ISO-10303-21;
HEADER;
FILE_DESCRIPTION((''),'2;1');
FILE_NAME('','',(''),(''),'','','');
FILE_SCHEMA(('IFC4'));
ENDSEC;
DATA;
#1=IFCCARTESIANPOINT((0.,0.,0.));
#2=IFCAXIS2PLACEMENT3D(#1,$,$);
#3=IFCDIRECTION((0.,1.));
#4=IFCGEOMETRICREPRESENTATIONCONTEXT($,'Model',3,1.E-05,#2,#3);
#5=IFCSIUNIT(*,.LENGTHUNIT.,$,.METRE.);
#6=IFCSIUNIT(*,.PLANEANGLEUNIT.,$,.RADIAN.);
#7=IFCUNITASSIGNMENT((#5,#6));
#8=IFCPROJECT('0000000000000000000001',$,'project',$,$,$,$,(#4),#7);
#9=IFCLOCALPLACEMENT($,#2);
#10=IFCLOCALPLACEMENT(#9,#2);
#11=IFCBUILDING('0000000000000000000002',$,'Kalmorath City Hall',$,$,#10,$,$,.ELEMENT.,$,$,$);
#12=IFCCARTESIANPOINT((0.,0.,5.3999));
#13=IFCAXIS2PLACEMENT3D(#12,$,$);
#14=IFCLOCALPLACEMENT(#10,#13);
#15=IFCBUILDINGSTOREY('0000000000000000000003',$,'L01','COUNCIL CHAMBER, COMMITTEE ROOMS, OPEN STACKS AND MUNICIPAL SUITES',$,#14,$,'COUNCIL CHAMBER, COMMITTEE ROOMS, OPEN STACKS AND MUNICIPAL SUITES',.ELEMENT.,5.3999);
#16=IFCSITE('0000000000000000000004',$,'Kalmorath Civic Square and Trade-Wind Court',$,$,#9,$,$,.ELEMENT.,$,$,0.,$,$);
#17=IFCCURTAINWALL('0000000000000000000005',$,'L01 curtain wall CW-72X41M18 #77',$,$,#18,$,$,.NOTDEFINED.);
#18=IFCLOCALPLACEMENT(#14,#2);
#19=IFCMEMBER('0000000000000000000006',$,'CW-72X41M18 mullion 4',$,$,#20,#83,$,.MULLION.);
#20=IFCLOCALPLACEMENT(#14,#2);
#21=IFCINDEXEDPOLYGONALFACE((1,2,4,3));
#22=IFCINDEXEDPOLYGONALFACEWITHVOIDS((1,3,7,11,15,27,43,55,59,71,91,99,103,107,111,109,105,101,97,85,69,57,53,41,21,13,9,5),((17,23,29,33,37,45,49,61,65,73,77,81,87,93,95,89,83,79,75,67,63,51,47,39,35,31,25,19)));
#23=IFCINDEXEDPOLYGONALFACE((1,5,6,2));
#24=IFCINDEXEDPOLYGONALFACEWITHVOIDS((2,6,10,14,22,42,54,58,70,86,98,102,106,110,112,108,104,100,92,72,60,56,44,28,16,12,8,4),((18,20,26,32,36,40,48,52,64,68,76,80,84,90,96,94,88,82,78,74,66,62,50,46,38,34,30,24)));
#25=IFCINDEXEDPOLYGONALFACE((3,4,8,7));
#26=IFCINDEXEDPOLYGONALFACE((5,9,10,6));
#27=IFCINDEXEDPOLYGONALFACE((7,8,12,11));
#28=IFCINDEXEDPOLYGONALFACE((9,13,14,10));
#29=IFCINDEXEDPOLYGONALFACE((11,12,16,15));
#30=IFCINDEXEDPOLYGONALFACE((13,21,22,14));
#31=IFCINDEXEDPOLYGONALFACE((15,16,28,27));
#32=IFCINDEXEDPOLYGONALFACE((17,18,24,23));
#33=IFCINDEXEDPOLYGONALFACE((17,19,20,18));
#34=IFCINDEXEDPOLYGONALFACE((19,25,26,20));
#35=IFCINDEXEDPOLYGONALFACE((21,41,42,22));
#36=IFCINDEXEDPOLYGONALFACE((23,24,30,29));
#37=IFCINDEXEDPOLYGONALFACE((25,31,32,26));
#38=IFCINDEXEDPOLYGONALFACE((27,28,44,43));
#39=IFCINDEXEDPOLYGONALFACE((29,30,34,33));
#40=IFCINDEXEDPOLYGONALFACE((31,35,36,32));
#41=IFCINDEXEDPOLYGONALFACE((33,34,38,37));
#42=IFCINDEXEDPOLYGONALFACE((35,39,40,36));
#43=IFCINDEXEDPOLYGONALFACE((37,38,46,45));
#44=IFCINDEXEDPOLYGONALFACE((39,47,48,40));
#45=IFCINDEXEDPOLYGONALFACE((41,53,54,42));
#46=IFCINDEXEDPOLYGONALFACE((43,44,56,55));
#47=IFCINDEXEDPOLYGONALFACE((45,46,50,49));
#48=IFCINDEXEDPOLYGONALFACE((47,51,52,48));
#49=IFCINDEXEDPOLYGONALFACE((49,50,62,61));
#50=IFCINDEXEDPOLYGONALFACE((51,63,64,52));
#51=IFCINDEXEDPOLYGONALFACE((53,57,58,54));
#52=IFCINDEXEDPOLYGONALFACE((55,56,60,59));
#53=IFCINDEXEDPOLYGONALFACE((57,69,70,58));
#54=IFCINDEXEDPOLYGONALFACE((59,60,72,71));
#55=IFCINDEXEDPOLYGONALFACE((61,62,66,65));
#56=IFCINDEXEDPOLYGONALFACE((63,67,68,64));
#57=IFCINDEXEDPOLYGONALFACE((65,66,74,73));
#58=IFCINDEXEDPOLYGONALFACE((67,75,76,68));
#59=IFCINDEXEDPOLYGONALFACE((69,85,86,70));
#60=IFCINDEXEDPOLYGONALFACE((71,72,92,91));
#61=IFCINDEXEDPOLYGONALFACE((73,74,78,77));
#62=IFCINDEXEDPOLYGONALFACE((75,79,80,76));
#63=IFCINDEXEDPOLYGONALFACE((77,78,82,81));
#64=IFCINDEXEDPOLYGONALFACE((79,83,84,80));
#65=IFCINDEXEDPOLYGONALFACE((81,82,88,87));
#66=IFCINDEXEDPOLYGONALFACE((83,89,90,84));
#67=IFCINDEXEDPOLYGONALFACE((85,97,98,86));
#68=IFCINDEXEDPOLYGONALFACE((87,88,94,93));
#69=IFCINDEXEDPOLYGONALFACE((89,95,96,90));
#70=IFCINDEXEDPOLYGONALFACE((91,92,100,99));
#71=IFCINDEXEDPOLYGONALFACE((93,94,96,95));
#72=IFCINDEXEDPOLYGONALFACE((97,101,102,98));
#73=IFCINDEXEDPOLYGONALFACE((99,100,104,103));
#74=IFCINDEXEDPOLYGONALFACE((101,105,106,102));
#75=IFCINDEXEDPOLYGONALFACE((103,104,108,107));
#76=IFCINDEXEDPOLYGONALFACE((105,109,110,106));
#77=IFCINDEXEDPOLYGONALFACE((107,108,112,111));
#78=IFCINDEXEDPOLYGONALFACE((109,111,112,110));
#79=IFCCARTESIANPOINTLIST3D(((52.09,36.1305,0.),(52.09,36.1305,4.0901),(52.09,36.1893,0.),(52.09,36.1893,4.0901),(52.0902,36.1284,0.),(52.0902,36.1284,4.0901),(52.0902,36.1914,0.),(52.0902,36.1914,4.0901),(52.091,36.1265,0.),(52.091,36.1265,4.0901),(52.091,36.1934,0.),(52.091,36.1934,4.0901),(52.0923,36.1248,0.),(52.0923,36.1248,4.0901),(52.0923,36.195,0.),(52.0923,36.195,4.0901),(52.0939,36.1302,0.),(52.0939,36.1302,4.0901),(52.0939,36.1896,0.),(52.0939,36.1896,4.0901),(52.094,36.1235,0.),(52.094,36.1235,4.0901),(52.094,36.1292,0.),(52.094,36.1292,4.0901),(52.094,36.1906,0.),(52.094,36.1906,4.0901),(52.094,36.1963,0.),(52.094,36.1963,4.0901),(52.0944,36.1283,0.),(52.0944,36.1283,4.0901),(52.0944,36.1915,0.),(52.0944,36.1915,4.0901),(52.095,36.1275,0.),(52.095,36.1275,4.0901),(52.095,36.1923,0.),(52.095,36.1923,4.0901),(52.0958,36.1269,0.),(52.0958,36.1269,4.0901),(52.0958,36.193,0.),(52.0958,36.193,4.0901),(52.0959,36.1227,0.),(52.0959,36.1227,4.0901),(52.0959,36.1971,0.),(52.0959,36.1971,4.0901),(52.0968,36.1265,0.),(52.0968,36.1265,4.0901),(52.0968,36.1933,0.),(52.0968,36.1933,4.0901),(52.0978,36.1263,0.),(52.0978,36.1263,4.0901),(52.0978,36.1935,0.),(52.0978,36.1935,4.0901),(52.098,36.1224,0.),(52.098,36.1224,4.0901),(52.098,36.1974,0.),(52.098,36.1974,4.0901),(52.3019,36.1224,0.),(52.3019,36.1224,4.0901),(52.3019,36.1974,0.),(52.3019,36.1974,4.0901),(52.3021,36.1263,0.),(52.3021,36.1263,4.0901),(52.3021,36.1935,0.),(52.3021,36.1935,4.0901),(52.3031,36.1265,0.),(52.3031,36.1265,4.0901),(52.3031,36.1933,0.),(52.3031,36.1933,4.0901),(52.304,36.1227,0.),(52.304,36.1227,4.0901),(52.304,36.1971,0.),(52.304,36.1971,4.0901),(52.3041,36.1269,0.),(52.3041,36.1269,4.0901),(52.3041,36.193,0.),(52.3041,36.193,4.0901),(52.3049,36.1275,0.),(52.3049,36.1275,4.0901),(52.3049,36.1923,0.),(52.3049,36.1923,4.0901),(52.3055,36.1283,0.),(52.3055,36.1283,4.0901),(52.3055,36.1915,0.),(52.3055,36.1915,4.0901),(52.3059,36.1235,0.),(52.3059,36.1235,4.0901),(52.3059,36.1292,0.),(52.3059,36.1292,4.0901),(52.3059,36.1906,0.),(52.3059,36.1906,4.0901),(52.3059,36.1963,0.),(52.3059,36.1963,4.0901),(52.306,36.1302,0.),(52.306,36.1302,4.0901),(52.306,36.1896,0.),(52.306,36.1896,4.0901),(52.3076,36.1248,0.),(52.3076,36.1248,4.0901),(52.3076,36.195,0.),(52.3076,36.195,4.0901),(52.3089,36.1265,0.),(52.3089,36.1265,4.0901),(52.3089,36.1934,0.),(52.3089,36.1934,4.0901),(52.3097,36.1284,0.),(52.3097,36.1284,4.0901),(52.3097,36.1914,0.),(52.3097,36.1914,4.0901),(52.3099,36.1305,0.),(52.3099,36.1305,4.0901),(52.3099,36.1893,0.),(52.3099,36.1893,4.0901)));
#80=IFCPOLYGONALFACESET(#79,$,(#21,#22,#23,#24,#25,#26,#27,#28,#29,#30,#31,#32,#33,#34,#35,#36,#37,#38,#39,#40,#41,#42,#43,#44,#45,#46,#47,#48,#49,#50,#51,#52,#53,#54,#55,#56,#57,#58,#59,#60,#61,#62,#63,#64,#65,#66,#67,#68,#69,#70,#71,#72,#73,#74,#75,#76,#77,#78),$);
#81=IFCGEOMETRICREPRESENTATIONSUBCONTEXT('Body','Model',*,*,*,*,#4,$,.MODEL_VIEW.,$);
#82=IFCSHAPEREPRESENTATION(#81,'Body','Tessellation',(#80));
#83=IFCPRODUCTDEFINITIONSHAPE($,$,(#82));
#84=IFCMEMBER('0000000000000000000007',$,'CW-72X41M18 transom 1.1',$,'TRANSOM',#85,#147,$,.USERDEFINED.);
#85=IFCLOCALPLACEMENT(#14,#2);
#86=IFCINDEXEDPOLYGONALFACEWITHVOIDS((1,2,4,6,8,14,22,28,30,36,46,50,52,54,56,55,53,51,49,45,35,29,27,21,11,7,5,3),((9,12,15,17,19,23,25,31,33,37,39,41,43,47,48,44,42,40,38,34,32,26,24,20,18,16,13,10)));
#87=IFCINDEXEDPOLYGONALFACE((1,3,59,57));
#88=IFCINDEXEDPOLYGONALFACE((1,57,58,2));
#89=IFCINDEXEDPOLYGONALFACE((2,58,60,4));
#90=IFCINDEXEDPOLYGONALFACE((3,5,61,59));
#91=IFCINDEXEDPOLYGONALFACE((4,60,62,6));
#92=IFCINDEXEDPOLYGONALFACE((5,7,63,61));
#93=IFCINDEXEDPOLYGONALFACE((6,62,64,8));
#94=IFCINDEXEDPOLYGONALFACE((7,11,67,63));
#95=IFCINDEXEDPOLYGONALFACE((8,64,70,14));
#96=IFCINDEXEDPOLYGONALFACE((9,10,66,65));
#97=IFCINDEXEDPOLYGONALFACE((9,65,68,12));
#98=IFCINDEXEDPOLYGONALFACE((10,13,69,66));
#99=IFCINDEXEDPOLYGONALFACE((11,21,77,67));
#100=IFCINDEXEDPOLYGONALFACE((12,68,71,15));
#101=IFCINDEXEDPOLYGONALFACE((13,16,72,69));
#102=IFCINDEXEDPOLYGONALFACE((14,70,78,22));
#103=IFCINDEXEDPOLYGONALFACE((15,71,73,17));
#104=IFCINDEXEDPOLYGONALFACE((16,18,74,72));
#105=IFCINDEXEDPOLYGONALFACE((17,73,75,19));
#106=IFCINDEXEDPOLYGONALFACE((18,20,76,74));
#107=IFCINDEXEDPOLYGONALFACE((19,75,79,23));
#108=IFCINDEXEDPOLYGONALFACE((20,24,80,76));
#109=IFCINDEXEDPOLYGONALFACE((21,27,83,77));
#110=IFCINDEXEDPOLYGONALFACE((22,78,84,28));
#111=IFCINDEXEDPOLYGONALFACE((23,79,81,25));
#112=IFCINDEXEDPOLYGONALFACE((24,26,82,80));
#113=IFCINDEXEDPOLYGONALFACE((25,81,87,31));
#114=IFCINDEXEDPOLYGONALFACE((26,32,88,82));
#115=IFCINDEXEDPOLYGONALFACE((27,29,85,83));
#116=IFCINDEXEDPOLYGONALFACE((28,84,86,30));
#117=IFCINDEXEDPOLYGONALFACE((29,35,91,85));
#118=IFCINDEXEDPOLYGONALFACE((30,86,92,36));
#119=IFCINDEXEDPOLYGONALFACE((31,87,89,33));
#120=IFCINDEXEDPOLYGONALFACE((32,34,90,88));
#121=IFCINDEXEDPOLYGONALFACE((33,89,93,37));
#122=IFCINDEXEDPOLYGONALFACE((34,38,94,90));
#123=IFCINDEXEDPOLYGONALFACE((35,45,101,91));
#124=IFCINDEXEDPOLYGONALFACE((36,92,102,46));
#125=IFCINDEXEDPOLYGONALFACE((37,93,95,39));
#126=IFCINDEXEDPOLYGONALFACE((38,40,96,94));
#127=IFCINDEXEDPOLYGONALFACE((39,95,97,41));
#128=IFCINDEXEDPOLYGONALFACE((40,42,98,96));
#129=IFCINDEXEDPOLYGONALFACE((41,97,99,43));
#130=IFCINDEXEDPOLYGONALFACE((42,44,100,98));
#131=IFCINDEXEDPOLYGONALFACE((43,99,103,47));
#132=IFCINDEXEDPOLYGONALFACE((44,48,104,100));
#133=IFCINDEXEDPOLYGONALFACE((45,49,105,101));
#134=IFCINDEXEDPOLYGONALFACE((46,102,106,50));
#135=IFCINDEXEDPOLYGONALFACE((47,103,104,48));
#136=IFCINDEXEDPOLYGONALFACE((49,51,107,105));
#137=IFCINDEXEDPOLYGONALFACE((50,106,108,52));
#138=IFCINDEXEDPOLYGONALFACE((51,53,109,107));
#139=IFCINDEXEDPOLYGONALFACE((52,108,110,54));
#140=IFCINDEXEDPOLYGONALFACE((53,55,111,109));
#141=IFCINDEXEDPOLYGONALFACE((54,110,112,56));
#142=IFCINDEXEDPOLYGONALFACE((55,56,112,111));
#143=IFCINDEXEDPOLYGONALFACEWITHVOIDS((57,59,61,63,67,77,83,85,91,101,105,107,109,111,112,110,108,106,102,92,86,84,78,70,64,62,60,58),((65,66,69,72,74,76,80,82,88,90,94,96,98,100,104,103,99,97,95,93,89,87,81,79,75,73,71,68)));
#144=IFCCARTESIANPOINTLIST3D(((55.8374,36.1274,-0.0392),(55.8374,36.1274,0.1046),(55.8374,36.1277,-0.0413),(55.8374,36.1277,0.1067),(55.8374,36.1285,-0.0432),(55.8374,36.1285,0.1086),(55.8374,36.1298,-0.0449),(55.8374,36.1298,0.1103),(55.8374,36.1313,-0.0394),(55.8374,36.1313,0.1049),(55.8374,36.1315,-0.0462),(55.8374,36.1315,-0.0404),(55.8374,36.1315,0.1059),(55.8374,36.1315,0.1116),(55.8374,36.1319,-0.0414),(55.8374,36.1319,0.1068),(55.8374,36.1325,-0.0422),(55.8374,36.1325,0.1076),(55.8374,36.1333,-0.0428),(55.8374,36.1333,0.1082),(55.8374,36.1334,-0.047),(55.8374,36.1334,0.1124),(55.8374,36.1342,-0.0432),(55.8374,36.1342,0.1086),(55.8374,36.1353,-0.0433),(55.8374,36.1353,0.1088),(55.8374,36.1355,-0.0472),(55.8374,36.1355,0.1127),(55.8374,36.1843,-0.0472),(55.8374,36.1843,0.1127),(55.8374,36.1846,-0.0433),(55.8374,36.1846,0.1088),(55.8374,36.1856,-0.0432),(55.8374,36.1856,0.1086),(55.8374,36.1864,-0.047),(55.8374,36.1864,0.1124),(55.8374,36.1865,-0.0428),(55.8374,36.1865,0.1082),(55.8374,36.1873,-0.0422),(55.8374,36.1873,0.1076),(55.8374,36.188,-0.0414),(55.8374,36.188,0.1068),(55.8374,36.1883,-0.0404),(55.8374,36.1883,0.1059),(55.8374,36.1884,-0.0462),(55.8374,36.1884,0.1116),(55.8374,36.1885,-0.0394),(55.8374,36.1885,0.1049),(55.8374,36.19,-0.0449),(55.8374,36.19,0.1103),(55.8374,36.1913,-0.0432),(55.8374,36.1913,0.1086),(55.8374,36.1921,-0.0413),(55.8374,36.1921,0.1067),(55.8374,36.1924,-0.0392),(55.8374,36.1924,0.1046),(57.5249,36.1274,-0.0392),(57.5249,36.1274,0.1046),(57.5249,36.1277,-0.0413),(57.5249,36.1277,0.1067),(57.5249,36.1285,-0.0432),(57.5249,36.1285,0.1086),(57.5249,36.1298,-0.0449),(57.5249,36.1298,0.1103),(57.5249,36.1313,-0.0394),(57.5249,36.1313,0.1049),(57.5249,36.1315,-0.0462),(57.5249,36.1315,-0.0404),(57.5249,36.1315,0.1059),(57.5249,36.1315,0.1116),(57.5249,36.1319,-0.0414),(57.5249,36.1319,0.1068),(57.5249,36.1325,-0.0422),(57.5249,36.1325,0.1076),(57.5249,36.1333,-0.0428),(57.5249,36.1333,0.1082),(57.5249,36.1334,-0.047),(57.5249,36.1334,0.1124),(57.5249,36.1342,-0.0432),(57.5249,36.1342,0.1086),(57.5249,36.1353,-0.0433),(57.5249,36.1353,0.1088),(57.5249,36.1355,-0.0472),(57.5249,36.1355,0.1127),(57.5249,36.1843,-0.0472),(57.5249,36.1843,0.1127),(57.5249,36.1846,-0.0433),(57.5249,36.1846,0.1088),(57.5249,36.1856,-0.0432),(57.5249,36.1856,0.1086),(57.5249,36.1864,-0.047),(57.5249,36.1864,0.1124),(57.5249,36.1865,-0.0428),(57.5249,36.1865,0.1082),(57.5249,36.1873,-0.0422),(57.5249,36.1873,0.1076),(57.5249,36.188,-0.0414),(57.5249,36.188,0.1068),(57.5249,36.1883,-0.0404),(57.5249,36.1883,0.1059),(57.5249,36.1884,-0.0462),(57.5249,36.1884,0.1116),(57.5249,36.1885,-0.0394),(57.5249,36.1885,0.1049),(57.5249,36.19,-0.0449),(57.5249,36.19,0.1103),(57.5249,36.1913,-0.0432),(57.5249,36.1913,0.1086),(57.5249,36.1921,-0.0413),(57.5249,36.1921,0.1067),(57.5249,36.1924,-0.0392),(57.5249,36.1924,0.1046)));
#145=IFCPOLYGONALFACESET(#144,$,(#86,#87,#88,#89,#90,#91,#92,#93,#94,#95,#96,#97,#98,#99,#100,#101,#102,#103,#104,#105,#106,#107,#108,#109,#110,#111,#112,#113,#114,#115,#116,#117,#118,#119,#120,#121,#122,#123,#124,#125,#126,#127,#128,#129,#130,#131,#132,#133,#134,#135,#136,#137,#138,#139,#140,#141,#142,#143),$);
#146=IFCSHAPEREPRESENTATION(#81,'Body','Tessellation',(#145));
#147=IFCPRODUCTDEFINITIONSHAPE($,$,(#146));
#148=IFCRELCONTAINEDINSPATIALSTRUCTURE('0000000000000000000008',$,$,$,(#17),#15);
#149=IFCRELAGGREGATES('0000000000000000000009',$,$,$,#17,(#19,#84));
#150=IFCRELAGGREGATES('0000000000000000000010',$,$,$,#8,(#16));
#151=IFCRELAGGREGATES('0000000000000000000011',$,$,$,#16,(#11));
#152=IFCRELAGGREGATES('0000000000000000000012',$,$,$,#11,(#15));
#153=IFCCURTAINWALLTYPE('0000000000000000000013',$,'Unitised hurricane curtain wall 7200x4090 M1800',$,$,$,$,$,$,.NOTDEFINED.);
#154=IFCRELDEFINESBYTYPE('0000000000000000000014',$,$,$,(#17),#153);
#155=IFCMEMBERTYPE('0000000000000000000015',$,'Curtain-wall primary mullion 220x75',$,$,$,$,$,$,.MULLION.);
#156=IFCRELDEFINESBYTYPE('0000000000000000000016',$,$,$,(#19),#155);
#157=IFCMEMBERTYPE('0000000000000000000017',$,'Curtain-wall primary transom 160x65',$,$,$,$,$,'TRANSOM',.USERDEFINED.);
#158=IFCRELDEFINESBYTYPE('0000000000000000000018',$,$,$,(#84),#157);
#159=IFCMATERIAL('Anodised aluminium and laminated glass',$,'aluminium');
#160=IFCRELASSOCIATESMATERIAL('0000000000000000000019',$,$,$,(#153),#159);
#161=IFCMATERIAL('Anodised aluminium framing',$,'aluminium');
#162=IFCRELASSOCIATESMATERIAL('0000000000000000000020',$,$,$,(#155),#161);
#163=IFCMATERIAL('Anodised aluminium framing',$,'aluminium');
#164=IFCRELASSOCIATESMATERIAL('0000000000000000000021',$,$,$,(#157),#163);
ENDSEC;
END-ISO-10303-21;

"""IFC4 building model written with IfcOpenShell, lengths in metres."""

from ifc_helpers import new_model, si_unit, direction, frame, origin, origin_2d, place, context, subcontext, project, spatial, hollow_rectangle, extrude, material, material_profile, profile_set, type_object, element, aggregate, save


model = new_model("IFC4")

# Units and contexts
model_context = context("Model", 3, precision=1e-05, world=origin(), true_north=direction((0.0, 1.0)))
body_context = subcontext(model_context, "Body", "Model", "MODEL_VIEW")
ifc_project = project(units=[si_unit("LENGTHUNIT", "METRE"), si_unit("PLANEANGLEUNIT", "RADIAN")], contexts=[model_context])

# Site, building, storey
site_placement = place(None, origin())
site = spatial("IfcSite", under=ifc_project, at=site_placement, Name="Kalmorath Civic Square and Trade-Wind Court", CompositionType="ELEMENT", RefElevation=0.0)
building_placement = place(site_placement, origin())
building = spatial("IfcBuilding", under=site, at=building_placement, Name="Kalmorath City Hall", CompositionType="ELEMENT")
storey_placement = place(building_placement, frame((0.0, 0.0, 5.3999)))
storey = spatial("IfcBuildingStorey", under=building, at=storey_placement, Name="L01", Description="COUNCIL CHAMBER, COMMITTEE ROOMS, OPEN STACKS AND MUNICIPAL SUITES", LongName="COUNCIL CHAMBER, COMMITTEE ROOMS, OPEN STACKS AND MUNICIPAL SUITES", CompositionType="ELEMENT", Elevation=5.3999)

# Curtain wall, members
ifc_material_1 = material(Name="Anodised aluminium and laminated glass", Category="aluminium")
curtain_wall_type = type_object("IfcCurtainWallType", Name="Unitised hurricane curtain wall 7200x4090 M1800", PredefinedType="NOTDEFINED", material=ifc_material_1)
curtain_wall_placement = place(storey_placement, origin())
curtain_wall = element("IfcCurtainWall", 1, at=curtain_wall_placement, inside=storey, type_object=curtain_wall_type, Name="L01 curtain wall CW-72X41M18 #77", PredefinedType="NOTDEFINED")
ifc_material_2 = material(Name="Anodised aluminium framing", Category="aluminium")
ifc_material_profile_1 = material_profile(ifc_material_2, hollow_rectangle(XDim=0.075, YDim=0.22, WallThickness=0.0039, InnerFilletRadius=0.0039, OuterFilletRadius=0.0081, at=origin_2d()), Name="ALU-MUL-220X75X4")
ifc_profile_set_1 = profile_set([ifc_material_profile_1], Name="Anodised aluminium framing")
member_type_1 = type_object("IfcMemberType", Name="Curtain-wall primary mullion 220x75", PredefinedType="MULLION", material=ifc_profile_set_1)
member_1_placement = place(storey_placement, frame((52.2, 36.1599, 0.0), z_axis=(0.0, 0.0, 1.0), x_axis=(0.0, -1.0, 0.0)))
member_1 = element("IfcMember", 2, at=member_1_placement, type_object=member_type_1, Name="CW-72X41M18 mullion 4", PredefinedType="MULLION", context=body_context, shape_type="SweptSolid", body=[
    extrude(hollow_rectangle(XDim=0.075, YDim=0.22, WallThickness=0.0039, InnerFilletRadius=0.0039, OuterFilletRadius=0.0081, at=origin_2d()), origin(), (0.0, 0.0, 1.0), 4.0901),
])
ifc_material_3 = material(Name="Anodised aluminium framing", Category="aluminium")
ifc_material_profile_2 = material_profile(ifc_material_3, hollow_rectangle(XDim=0.0649, YDim=0.1599, WallThickness=0.0039, InnerFilletRadius=0.0039, OuterFilletRadius=0.0081, at=origin_2d()), Name="ALU-TRN-160X65X4")
ifc_profile_set_2 = profile_set([ifc_material_profile_2], Name="Anodised aluminium framing")
member_type_2 = type_object("IfcMemberType", Name="Curtain-wall primary transom 160x65", ElementType="TRANSOM", PredefinedType="USERDEFINED", material=ifc_profile_set_2)
member_2_placement = place(storey_placement, frame((57.5249, 36.1599, 0.0327), z_axis=(-1.0, 0.0, 0.0), x_axis=(0.0, -1.0, 0.0)))
member_2 = element("IfcMember", 3, at=member_2_placement, type_object=member_type_2, Name="CW-72X41M18 transom 1.1", ObjectType="TRANSOM", PredefinedType="USERDEFINED", context=body_context, shape_type="SweptSolid", body=[
    extrude(hollow_rectangle(XDim=0.0649, YDim=0.1599, WallThickness=0.0039, InnerFilletRadius=0.0039, OuterFilletRadius=0.0081, at=origin_2d()), origin(), (0.0, 0.0, 1.0), 1.6875),
])
aggregate(curtain_wall, [member_1, member_2])

save(model, "model.ifc")
